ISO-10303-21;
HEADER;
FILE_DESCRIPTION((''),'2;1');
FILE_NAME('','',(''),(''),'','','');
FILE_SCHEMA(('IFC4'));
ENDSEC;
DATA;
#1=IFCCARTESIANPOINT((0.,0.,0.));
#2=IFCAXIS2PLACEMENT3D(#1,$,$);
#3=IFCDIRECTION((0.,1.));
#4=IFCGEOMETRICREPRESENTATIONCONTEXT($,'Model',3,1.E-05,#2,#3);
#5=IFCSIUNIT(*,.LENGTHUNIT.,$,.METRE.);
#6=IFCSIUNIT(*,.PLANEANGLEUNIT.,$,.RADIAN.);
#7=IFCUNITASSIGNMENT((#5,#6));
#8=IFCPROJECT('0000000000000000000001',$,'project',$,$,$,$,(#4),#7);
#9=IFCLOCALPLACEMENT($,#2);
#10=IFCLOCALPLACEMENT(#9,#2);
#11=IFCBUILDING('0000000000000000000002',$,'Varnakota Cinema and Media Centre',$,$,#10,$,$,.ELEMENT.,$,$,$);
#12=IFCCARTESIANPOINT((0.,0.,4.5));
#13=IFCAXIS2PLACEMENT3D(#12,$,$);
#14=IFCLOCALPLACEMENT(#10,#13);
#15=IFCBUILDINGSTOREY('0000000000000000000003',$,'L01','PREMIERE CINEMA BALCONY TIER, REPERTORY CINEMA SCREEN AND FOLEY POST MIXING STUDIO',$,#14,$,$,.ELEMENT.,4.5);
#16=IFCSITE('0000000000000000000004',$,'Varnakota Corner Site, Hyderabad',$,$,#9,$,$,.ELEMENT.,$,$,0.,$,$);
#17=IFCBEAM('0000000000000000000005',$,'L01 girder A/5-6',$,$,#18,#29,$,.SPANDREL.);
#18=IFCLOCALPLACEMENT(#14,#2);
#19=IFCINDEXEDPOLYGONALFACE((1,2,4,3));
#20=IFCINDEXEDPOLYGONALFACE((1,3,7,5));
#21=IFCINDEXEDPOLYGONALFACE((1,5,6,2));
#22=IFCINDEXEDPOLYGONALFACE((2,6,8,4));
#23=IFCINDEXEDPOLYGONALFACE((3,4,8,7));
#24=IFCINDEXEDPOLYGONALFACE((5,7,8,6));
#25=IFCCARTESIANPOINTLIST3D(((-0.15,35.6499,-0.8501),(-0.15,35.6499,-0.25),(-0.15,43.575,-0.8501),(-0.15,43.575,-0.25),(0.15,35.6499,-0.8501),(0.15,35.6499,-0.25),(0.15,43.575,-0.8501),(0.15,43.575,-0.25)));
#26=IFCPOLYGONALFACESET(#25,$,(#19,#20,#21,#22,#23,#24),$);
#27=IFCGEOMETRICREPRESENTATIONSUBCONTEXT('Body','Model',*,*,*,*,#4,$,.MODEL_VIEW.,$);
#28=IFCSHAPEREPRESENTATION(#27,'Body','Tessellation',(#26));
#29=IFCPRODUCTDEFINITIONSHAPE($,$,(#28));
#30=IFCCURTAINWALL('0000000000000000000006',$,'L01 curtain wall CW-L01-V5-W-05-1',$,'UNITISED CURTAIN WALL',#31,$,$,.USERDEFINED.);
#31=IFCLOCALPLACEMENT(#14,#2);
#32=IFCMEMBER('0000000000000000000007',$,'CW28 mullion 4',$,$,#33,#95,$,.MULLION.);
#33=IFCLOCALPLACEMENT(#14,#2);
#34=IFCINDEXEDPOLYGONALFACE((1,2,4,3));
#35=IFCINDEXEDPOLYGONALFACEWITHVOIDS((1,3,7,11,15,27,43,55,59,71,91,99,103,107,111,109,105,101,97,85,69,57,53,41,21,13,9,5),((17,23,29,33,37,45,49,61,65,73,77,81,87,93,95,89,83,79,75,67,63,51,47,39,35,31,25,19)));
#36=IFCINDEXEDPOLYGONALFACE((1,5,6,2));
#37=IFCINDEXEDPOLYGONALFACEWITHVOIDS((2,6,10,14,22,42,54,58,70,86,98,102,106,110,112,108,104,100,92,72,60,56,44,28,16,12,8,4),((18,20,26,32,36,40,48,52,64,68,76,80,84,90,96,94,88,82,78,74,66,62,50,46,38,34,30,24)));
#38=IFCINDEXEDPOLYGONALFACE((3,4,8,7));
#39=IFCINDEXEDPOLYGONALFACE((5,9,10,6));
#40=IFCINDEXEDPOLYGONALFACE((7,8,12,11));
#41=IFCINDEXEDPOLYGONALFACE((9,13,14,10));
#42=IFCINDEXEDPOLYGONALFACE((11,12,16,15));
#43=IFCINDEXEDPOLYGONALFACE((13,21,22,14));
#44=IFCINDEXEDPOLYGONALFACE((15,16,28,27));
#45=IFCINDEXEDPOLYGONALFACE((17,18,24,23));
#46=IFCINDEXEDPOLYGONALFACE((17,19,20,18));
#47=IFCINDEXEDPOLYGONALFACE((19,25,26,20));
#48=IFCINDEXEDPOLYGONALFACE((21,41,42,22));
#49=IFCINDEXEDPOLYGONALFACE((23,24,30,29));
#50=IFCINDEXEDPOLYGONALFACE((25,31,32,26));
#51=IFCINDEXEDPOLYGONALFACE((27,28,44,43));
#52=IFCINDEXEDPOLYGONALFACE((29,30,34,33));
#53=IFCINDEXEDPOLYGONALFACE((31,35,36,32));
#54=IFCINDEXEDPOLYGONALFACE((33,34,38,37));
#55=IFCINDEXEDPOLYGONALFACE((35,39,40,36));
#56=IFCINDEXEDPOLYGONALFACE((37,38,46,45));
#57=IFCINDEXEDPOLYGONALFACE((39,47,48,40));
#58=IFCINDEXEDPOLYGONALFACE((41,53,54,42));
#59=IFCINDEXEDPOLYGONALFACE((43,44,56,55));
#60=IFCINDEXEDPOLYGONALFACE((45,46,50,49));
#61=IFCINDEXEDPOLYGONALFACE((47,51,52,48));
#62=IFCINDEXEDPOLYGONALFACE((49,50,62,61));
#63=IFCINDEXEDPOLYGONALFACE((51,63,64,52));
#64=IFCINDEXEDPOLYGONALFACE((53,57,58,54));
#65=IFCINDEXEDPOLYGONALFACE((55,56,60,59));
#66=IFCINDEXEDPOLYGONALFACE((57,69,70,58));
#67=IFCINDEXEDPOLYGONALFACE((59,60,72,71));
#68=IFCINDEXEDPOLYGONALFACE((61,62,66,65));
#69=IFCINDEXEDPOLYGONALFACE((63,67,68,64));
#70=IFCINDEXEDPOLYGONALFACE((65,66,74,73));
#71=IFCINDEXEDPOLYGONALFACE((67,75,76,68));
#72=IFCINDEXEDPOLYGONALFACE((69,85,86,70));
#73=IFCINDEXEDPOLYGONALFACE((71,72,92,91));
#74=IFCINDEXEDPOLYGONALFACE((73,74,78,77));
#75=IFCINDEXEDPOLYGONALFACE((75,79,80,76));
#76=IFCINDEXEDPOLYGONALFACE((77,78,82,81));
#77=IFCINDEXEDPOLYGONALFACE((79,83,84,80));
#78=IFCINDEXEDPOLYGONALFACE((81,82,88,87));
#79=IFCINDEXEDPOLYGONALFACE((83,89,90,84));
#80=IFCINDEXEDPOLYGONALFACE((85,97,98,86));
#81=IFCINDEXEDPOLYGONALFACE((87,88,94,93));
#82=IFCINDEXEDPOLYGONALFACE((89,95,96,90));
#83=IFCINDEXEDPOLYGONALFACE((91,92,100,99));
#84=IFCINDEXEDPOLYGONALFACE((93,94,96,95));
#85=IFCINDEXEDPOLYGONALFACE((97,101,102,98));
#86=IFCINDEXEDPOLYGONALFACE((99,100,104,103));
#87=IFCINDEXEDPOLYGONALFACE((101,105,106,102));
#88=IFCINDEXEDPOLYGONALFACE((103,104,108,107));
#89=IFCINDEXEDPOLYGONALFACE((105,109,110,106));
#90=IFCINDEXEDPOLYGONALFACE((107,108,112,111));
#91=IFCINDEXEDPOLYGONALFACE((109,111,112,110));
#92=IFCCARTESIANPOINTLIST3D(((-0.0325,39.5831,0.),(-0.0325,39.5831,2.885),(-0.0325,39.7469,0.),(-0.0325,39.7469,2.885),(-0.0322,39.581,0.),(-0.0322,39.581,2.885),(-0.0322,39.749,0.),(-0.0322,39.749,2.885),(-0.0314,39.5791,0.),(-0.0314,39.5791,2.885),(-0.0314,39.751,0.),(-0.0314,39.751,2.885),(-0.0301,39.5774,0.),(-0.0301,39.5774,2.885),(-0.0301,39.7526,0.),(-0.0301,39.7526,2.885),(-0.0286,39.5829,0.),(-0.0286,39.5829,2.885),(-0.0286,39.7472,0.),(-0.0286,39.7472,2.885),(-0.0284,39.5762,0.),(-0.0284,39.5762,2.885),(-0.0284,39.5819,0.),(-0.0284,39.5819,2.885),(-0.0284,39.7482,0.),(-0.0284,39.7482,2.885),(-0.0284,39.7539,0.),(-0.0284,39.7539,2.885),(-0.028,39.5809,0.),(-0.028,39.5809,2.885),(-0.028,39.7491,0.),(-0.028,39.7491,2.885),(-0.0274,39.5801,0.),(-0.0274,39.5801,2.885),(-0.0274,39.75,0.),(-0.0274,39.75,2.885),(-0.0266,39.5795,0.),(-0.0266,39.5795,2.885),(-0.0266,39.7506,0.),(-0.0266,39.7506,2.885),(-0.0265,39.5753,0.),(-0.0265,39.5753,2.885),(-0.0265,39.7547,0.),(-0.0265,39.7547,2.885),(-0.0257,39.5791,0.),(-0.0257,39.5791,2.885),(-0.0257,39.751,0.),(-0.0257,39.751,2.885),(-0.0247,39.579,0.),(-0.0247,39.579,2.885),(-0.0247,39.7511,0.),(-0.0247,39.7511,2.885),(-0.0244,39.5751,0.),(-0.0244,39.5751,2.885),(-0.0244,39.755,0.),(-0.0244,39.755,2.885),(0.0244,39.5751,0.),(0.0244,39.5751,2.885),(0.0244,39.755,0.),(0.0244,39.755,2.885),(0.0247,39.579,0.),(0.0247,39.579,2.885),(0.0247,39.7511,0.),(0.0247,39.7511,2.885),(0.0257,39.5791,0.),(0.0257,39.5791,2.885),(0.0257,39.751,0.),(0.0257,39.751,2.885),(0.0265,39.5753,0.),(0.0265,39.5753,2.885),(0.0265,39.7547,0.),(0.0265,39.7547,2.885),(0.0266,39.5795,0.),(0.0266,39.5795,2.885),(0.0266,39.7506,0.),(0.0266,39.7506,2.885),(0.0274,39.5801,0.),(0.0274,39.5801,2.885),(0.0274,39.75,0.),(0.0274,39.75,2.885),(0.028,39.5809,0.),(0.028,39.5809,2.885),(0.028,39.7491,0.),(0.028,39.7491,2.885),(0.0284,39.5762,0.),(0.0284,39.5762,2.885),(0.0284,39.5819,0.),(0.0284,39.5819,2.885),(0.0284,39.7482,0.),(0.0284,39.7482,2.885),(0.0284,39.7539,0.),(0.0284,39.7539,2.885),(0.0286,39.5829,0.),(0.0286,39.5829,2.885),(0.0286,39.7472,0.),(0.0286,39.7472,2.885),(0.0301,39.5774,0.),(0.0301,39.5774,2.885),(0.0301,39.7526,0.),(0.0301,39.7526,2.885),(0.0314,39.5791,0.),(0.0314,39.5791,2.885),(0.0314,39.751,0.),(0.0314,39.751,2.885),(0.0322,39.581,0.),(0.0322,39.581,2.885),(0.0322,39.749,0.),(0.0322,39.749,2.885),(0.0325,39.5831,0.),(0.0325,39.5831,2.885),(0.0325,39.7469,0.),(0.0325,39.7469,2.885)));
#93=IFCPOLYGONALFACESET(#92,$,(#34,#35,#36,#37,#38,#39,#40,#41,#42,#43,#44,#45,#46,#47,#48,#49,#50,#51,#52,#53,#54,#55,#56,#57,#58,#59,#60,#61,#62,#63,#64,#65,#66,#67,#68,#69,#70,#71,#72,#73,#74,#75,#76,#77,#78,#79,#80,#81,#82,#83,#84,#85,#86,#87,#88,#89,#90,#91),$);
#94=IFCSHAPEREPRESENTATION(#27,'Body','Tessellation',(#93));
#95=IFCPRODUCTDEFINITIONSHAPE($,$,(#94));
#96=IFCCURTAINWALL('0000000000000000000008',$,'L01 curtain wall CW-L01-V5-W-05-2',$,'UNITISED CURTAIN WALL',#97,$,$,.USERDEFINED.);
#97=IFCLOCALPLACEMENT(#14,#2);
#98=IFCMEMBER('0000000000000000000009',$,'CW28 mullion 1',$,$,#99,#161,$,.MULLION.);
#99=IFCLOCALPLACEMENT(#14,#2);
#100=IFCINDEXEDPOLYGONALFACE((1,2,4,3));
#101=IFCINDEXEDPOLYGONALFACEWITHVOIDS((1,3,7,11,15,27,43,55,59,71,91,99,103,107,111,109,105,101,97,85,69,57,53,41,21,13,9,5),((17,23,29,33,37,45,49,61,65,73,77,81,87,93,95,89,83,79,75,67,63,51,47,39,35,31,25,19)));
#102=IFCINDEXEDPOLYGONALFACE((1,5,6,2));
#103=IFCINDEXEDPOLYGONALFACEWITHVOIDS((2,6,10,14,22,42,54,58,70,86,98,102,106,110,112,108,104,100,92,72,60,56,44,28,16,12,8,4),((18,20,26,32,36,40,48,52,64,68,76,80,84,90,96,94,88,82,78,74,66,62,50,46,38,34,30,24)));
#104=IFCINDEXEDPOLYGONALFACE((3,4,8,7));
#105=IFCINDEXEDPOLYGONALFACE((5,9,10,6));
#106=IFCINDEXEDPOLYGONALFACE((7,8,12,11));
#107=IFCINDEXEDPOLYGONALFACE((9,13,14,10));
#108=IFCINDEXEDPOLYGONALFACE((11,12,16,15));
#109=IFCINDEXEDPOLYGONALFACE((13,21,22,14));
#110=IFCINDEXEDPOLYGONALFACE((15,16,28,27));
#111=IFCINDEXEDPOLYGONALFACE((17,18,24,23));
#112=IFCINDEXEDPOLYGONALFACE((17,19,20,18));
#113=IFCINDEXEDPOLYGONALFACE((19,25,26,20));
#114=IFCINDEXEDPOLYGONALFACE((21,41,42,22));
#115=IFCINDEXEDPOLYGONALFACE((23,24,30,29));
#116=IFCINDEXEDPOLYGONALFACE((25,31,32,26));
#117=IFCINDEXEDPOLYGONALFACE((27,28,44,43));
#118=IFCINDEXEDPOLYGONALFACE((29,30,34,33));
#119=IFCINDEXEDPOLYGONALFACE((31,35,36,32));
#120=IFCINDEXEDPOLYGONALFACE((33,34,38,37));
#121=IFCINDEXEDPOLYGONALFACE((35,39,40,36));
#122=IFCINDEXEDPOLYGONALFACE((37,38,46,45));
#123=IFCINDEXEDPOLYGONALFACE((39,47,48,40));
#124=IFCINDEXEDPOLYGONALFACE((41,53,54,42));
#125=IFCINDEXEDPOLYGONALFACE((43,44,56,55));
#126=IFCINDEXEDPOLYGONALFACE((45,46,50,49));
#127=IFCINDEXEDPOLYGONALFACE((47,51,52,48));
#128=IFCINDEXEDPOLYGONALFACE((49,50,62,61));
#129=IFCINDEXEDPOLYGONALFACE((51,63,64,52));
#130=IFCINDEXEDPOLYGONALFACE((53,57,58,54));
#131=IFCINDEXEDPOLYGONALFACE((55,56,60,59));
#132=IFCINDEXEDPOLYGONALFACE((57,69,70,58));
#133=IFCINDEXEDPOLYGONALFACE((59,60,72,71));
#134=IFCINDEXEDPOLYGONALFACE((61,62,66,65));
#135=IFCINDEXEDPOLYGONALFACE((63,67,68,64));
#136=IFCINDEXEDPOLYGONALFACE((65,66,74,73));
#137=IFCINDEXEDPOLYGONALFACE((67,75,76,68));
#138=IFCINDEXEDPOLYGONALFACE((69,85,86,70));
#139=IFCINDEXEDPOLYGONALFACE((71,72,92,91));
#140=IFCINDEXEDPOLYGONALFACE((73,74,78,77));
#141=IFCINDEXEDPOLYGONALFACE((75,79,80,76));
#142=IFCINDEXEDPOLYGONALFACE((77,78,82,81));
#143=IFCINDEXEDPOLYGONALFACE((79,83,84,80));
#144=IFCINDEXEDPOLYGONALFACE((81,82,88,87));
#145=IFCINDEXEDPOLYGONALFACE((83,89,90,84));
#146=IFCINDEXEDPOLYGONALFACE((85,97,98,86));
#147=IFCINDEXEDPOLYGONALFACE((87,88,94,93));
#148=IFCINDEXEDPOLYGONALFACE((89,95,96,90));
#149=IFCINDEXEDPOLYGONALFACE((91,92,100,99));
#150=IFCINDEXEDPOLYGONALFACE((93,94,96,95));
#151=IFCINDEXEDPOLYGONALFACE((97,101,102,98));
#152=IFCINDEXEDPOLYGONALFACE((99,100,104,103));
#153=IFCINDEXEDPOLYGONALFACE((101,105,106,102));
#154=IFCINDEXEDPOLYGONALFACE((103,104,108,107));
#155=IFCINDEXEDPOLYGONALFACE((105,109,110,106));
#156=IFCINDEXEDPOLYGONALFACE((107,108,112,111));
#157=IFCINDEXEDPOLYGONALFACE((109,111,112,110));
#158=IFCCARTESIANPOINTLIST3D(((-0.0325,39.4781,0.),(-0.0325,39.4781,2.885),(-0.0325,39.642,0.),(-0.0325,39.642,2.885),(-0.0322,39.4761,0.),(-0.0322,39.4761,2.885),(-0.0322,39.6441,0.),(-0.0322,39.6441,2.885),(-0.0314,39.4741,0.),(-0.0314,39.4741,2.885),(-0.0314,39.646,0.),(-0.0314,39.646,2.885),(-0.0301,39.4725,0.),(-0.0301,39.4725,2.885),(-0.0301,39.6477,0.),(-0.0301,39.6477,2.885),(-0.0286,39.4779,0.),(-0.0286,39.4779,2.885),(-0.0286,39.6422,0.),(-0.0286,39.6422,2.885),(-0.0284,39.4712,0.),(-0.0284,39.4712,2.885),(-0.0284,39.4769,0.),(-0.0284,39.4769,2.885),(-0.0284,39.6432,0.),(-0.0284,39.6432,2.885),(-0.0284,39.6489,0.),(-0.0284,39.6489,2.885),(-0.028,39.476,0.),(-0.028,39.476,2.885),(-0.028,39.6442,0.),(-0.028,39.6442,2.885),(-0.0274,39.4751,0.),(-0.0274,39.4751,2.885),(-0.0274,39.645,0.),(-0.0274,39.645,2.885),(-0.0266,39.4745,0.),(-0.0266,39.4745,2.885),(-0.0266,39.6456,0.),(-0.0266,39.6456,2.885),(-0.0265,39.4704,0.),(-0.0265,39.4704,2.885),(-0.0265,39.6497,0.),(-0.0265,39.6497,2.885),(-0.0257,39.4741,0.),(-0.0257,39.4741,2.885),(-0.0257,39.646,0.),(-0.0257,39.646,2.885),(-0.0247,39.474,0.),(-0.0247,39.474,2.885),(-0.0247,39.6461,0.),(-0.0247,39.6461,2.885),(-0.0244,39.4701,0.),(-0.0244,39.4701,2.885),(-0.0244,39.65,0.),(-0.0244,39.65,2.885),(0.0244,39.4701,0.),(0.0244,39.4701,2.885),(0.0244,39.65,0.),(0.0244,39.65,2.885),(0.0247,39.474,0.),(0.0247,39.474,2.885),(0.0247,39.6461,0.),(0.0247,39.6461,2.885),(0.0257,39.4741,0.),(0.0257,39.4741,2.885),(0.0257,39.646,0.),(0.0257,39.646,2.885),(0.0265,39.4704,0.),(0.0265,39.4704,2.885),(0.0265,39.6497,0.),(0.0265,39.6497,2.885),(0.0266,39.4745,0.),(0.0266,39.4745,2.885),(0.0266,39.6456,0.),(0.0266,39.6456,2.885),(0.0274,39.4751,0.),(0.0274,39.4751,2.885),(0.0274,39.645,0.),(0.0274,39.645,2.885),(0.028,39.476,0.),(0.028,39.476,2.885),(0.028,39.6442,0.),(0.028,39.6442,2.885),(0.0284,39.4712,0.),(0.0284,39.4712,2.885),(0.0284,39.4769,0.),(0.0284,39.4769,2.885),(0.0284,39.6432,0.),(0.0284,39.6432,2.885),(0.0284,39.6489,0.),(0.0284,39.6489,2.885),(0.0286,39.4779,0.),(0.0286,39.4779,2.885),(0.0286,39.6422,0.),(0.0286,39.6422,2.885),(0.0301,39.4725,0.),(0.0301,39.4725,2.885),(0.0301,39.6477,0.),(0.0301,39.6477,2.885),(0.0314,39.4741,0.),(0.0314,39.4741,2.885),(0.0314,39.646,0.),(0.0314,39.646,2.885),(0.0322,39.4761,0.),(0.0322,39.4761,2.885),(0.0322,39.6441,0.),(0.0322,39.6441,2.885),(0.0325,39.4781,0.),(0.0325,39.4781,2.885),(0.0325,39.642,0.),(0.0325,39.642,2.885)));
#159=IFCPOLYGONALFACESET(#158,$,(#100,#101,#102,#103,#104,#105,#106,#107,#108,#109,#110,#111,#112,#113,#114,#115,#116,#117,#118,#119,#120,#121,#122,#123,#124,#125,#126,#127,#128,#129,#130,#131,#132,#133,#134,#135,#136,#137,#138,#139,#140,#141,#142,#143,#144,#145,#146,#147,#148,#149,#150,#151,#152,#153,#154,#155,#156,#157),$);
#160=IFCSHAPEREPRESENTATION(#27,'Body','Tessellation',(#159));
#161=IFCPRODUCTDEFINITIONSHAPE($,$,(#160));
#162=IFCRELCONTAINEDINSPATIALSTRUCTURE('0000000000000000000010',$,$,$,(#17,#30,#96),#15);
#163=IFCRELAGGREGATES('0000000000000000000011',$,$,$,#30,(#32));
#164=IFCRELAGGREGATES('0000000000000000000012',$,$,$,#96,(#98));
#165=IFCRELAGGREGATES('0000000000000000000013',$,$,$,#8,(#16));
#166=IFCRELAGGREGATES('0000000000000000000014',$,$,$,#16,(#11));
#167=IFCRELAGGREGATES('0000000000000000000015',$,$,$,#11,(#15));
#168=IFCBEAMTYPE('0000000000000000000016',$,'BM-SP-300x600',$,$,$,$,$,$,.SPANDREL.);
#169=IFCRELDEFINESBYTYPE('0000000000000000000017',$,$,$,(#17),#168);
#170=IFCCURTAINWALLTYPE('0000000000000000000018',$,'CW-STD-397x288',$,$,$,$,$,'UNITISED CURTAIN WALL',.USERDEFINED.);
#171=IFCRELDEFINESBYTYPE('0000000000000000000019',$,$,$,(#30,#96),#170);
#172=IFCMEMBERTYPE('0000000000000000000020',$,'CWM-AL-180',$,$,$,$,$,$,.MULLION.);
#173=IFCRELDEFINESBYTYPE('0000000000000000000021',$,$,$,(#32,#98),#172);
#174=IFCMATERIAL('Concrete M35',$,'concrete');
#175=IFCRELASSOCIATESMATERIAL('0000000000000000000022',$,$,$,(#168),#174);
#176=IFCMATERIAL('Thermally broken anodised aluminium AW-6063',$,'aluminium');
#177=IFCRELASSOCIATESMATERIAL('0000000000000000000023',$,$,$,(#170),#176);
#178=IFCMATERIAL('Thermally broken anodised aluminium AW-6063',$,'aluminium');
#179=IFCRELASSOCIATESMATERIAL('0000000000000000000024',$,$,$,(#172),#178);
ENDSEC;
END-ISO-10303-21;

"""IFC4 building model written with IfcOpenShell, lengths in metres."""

from ifc_helpers import new_model, si_unit, direction, frame, origin, origin_2d, place, context, subcontext, project, spatial, rectangle, hollow_rectangle, extrude, material, material_profile, profile_set, type_object, element, aggregate, save


model = new_model("IFC4")

# Units and contexts
model_context = context("Model", 3, precision=1e-05, world=origin(), true_north=direction((0.0, 1.0)))
body_context = subcontext(model_context, "Body", "Model", "MODEL_VIEW")
ifc_project = project(units=[si_unit("LENGTHUNIT", "METRE"), si_unit("PLANEANGLEUNIT", "RADIAN")], contexts=[model_context])

# Site, building, storey
site_placement = place(None, origin())
site = spatial("IfcSite", under=ifc_project, at=site_placement, Name="Varnakota Corner Site, Hyderabad", CompositionType="ELEMENT", RefElevation=0.0)
building_placement = place(site_placement, origin())
building = spatial("IfcBuilding", under=site, at=building_placement, Name="Varnakota Cinema and Media Centre", CompositionType="ELEMENT")
storey_placement = place(building_placement, frame((0.0, 0.0, 4.5)))
storey = spatial("IfcBuildingStorey", under=building, at=storey_placement, Name="L01", Description="PREMIERE CINEMA BALCONY TIER, REPERTORY CINEMA SCREEN AND FOLEY POST MIXING STUDIO", CompositionType="ELEMENT", Elevation=4.5)

# Beam
ifc_material_1 = material(Name="Concrete M35", Category="concrete")
ifc_material_profile_1 = material_profile(ifc_material_1, rectangle(XDim=0.3, YDim=0.6001, at=origin_2d()), Name="RCB 300x600")
ifc_profile_set_1 = profile_set([ifc_material_profile_1], Name="Concrete M35")
beam_type = type_object("IfcBeamType", Name="BM-SP-300x600", PredefinedType="SPANDREL", material=ifc_profile_set_1)
beam_placement = place(storey_placement, frame((0.0, 35.6499, -0.55), z_axis=(0.0, 1.0, 0.0), x_axis=(-1.0, 0.0, 0.0)))
element("IfcBeam", 1, at=beam_placement, inside=storey, type_object=beam_type, Name="L01 girder A/5-6", PredefinedType="SPANDREL", context=body_context, shape_type="SweptSolid", body=[
    extrude(rectangle(XDim=0.3, YDim=0.6001, at=origin_2d()), origin(), (0.0, 0.0, 1.0), 7.925),
])

# Curtain wall, member
ifc_material_2 = material(Name="Thermally broken anodised aluminium AW-6063", Category="aluminium")
curtain_wall_type = type_object("IfcCurtainWallType", Name="CW-STD-397x288", ElementType="UNITISED CURTAIN WALL", PredefinedType="USERDEFINED", material=ifc_material_2)
curtain_wall_1_placement = place(storey_placement, origin())
curtain_wall_1 = element("IfcCurtainWall", 2, at=curtain_wall_1_placement, inside=storey, type_object=curtain_wall_type, Name="L01 curtain wall CW-L01-V5-W-05-1", ObjectType="UNITISED CURTAIN WALL", PredefinedType="USERDEFINED")
ifc_material_3 = material(Name="Thermally broken anodised aluminium AW-6063", Category="aluminium")
ifc_material_profile_2 = material_profile(ifc_material_3, hollow_rectangle(XDim=0.0649, YDim=0.1799, WallThickness=0.0039, InnerFilletRadius=0.0039, OuterFilletRadius=0.0081, at=origin_2d()), Name="AL-MULLION 180x65x4")
ifc_profile_set_2 = profile_set([ifc_material_profile_2], Name="Thermally broken anodised aluminium AW-6063")
member_type_1 = type_object("IfcMemberType", Name="CWM-AL-180", PredefinedType="MULLION", material=ifc_profile_set_2)
member_1_placement = place(storey_placement, frame((0.0, 39.665, 0.0), z_axis=(0.0, 0.0, 1.0), x_axis=(1.0, 0.0, 0.0)))
member_1 = element("IfcMember", 3, at=member_1_placement, type_object=member_type_1, Name="CW28 mullion 4", PredefinedType="MULLION", context=body_context, shape_type="SweptSolid", body=[
    extrude(hollow_rectangle(XDim=0.0649, YDim=0.1799, WallThickness=0.0039, InnerFilletRadius=0.0039, OuterFilletRadius=0.0081, at=origin_2d()), origin(), (0.0, 0.0, 1.0), 2.885),
])

# Curtain wall, member
curtain_wall_2_placement = place(storey_placement, origin())
curtain_wall_2 = element("IfcCurtainWall", 4, at=curtain_wall_2_placement, inside=storey, type_object=curtain_wall_type, Name="L01 curtain wall CW-L01-V5-W-05-2", ObjectType="UNITISED CURTAIN WALL", PredefinedType="USERDEFINED")
member_2_placement = place(storey_placement, frame((0.0, 39.5601, 0.0), z_axis=(0.0, 0.0, 1.0), x_axis=(1.0, 0.0, 0.0)))
member_2 = element("IfcMember", 5, at=member_2_placement, type_object=member_type_1, Name="CW28 mullion 1", PredefinedType="MULLION", context=body_context, shape_type="SweptSolid", body=[
    extrude(hollow_rectangle(XDim=0.0649, YDim=0.1799, WallThickness=0.0039, InnerFilletRadius=0.0039, OuterFilletRadius=0.0081, at=origin_2d()), origin(), (0.0, 0.0, 1.0), 2.885),
])

aggregate(curtain_wall_1, [member_1])
aggregate(curtain_wall_2, [member_2])

save(model, "model.ifc")
